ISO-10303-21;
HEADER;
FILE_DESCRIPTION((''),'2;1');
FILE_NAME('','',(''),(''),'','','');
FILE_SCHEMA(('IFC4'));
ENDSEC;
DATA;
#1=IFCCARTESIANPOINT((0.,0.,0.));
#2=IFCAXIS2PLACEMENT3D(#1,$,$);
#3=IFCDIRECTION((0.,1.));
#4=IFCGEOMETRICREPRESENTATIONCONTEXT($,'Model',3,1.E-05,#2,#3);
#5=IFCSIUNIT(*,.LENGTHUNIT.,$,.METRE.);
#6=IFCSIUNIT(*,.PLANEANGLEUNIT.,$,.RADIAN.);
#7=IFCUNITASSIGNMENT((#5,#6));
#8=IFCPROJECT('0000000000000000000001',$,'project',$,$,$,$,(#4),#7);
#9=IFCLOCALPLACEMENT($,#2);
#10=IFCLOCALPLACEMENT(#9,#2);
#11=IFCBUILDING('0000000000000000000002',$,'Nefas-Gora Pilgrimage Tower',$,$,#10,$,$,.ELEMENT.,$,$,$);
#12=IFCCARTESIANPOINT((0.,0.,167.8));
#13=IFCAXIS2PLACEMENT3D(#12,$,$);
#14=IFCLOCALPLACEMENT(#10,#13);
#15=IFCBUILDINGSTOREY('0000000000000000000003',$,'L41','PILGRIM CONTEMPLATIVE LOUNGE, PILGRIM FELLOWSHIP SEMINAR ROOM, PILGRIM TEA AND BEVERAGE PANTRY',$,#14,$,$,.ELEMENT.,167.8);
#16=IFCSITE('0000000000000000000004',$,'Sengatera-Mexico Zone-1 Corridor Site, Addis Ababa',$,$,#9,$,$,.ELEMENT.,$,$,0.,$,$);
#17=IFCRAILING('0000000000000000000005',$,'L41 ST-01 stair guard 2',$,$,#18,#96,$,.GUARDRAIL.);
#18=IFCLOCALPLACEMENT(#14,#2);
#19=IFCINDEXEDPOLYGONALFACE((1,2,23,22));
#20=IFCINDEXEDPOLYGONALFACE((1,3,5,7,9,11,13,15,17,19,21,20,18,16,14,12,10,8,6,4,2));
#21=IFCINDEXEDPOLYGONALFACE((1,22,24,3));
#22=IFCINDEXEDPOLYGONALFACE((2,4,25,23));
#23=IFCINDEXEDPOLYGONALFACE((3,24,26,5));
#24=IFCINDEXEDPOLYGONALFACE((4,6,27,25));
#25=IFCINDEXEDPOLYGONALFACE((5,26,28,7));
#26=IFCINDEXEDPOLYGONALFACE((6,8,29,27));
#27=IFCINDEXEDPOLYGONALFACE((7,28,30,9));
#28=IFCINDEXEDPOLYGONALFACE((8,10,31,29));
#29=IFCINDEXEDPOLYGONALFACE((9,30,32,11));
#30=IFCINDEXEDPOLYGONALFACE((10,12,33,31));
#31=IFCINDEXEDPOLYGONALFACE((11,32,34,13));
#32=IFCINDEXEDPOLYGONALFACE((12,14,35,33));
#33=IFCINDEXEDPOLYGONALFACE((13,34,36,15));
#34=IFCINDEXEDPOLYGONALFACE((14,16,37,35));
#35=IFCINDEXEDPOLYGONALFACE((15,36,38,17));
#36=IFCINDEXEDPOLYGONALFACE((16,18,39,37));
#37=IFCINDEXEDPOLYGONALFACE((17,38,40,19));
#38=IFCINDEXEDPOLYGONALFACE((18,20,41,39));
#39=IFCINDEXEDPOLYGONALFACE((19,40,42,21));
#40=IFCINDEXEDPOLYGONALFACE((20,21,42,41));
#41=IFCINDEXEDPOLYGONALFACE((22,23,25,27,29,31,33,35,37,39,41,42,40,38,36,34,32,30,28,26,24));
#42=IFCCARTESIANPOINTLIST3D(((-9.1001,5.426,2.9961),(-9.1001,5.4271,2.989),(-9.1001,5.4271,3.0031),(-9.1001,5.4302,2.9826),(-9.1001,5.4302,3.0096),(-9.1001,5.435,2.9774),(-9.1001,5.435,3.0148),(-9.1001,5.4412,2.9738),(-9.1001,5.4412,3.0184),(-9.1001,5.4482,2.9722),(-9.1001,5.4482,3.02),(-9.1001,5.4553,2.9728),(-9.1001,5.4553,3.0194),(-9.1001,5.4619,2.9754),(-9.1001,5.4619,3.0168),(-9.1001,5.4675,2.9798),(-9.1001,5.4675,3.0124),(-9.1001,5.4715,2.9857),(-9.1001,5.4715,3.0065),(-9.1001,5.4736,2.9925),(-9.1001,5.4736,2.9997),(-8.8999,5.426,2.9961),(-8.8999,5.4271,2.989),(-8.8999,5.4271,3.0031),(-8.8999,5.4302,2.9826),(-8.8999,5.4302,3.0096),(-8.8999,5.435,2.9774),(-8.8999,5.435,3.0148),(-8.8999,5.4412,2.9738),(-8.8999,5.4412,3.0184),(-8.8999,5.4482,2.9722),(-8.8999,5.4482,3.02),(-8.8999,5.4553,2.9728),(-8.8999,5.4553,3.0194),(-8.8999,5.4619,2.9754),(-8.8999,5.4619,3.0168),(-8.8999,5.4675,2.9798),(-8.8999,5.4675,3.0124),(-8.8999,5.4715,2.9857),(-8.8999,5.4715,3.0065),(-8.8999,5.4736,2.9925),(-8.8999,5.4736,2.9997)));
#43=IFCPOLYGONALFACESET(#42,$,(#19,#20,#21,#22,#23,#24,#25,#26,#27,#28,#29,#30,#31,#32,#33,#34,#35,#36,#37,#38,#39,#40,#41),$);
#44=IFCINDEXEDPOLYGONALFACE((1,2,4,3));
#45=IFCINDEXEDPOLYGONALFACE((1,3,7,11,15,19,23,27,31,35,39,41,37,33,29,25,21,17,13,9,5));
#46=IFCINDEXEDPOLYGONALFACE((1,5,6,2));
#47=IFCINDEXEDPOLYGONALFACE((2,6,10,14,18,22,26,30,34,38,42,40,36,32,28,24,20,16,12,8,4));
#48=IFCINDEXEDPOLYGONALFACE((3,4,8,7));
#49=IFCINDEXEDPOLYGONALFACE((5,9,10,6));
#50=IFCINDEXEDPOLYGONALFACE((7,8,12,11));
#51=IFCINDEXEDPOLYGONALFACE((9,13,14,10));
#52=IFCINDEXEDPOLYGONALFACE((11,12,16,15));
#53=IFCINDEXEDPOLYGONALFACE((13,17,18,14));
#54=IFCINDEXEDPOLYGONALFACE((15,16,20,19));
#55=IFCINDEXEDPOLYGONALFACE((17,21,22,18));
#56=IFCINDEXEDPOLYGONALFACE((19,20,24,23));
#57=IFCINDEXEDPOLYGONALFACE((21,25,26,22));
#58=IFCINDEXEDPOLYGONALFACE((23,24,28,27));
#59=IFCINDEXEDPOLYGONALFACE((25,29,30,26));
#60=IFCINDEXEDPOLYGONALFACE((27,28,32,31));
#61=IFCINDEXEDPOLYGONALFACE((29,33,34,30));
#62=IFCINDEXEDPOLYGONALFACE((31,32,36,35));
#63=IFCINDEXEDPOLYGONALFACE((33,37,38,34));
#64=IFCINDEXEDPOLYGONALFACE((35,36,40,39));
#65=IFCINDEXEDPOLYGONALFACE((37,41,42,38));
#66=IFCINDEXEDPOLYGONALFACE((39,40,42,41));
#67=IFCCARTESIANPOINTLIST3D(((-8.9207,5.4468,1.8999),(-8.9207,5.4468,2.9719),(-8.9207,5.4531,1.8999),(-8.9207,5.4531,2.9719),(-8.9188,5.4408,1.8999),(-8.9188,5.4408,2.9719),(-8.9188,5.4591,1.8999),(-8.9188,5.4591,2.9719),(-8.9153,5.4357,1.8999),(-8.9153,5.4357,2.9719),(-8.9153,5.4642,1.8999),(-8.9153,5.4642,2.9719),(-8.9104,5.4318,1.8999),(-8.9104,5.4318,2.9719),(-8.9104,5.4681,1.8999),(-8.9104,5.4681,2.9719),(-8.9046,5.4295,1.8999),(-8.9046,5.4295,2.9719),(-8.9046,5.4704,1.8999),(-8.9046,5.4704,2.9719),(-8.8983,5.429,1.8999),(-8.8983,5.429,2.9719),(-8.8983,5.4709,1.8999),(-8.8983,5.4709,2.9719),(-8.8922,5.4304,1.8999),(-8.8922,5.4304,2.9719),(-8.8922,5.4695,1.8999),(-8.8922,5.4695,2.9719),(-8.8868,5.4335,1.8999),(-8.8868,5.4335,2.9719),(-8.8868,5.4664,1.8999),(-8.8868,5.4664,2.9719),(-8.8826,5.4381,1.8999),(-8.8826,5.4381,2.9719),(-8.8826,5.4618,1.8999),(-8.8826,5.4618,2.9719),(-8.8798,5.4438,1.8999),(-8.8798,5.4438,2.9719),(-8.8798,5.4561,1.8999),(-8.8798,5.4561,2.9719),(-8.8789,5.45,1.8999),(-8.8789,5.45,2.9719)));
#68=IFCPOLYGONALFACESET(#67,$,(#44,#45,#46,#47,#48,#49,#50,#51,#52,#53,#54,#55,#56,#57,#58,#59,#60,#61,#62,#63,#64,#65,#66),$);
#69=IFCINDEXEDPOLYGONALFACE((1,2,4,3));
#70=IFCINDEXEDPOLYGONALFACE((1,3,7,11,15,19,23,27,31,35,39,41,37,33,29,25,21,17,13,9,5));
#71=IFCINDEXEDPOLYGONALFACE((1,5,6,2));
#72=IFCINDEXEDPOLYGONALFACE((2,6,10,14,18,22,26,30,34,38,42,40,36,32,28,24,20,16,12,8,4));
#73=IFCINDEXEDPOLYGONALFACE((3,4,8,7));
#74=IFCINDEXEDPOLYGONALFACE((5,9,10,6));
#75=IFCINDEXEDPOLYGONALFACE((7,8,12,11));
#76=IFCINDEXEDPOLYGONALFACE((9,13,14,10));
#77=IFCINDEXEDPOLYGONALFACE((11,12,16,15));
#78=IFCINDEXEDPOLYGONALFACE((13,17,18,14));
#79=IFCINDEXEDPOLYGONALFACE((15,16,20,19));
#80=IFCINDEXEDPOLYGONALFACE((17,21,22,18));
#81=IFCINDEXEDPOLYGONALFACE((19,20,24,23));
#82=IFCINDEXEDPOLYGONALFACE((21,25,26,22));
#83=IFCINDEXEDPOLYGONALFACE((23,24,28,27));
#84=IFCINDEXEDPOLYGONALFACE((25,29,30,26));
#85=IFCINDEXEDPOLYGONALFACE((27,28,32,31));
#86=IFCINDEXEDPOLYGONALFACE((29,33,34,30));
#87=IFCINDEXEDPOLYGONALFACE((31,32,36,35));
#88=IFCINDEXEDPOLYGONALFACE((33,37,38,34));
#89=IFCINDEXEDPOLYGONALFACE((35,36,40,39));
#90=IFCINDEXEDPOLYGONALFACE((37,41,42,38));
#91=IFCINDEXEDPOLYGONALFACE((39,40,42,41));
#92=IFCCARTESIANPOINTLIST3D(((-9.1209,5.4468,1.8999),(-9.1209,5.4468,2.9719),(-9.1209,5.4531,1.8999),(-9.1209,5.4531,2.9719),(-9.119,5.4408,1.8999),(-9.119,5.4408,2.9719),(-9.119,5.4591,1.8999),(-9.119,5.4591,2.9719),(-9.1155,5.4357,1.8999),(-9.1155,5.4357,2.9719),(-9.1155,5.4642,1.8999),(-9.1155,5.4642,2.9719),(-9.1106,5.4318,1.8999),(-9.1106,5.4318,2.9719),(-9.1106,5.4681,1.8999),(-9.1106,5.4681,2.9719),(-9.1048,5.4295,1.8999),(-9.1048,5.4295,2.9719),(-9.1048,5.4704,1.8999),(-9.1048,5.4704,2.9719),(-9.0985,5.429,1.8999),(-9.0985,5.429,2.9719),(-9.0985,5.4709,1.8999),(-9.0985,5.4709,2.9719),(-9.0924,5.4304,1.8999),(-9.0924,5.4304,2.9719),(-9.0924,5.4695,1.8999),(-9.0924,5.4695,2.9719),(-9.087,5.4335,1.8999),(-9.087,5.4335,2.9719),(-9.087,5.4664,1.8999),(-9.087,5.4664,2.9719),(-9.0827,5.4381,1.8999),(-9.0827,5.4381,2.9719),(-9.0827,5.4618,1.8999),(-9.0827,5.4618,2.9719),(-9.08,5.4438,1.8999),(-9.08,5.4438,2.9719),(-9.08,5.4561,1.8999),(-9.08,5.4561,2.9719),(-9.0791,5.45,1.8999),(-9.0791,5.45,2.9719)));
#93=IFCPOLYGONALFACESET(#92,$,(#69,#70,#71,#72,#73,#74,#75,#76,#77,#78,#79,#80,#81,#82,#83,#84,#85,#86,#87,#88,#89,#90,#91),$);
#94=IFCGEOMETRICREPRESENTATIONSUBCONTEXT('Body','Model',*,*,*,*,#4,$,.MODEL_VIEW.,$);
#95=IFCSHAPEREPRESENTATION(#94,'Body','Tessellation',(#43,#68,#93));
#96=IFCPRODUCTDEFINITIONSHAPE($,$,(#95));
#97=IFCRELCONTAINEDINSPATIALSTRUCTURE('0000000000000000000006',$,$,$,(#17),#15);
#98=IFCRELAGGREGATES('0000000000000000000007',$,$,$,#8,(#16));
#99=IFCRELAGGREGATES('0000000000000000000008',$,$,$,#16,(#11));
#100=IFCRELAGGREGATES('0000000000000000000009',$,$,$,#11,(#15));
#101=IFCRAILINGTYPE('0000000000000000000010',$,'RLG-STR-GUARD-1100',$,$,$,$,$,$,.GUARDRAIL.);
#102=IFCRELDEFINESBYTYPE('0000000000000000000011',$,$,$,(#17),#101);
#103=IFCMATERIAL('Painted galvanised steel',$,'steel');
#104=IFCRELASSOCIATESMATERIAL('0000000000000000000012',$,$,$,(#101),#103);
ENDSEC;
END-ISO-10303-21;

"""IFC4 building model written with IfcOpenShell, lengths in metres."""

from ifc_helpers import new_model, si_unit, direction, frame, origin, origin_2d, place, context, subcontext, project, spatial, circle, extrude, material, type_object, element, save


model = new_model("IFC4")

# Units and contexts
model_context = context("Model", 3, precision=1e-05, world=origin(), true_north=direction((0.0, 1.0)))
body_context = subcontext(model_context, "Body", "Model", "MODEL_VIEW")
ifc_project = project(units=[si_unit("LENGTHUNIT", "METRE"), si_unit("PLANEANGLEUNIT", "RADIAN")], contexts=[model_context])

# Site, building, storey
site_placement = place(None, origin())
site = spatial("IfcSite", under=ifc_project, at=site_placement, Name="Sengatera-Mexico Zone-1 Corridor Site, Addis Ababa", CompositionType="ELEMENT", RefElevation=0.0)
building_placement = place(site_placement, origin())
building = spatial("IfcBuilding", under=site, at=building_placement, Name="Nefas-Gora Pilgrimage Tower", CompositionType="ELEMENT")
storey_placement = place(building_placement, frame((0.0, 0.0, 167.8)))
storey = spatial("IfcBuildingStorey", under=building, at=storey_placement, Name="L41", Description="PILGRIM CONTEMPLATIVE LOUNGE, PILGRIM FELLOWSHIP SEMINAR ROOM, PILGRIM TEA AND BEVERAGE PANTRY", CompositionType="ELEMENT", Elevation=167.8)

# Railing
ifc_material_1 = material(Name="Painted galvanised steel", Category="steel")
railing_type_1 = type_object("IfcRailingType", Name="RLG-STR-GUARD-1100", PredefinedType="GUARDRAIL", material=ifc_material_1)
railing_1_placement = place(storey_placement, frame((-8.8999, 5.45, 1.8999)))
element("IfcRailing", 1, at=railing_1_placement, inside=storey, type_object=railing_type_1, Name="L41 ST-01 stair guard 2", PredefinedType="GUARDRAIL", context=body_context, shape_type="SweptSolid", body=[
    extrude(circle(Radius=0.0239, at=origin_2d()), frame((0.0, 0.0, 1.0962), z_axis=(-1.0, 0.0, 0.0), x_axis=(0.0, -1.0, 0.0)), (0.0, 0.0, 1.0), 0.2002),
    extrude(circle(Radius=0.021, at=origin_2d()), origin(), (0.0, 0.0, 1.0), 1.072),
    extrude(circle(Radius=0.021, at=origin_2d()), frame((-0.2002, 0.0, 0.0)), (0.0, 0.0, 1.0), 1.072),
])

save(model, "model.ifc")
